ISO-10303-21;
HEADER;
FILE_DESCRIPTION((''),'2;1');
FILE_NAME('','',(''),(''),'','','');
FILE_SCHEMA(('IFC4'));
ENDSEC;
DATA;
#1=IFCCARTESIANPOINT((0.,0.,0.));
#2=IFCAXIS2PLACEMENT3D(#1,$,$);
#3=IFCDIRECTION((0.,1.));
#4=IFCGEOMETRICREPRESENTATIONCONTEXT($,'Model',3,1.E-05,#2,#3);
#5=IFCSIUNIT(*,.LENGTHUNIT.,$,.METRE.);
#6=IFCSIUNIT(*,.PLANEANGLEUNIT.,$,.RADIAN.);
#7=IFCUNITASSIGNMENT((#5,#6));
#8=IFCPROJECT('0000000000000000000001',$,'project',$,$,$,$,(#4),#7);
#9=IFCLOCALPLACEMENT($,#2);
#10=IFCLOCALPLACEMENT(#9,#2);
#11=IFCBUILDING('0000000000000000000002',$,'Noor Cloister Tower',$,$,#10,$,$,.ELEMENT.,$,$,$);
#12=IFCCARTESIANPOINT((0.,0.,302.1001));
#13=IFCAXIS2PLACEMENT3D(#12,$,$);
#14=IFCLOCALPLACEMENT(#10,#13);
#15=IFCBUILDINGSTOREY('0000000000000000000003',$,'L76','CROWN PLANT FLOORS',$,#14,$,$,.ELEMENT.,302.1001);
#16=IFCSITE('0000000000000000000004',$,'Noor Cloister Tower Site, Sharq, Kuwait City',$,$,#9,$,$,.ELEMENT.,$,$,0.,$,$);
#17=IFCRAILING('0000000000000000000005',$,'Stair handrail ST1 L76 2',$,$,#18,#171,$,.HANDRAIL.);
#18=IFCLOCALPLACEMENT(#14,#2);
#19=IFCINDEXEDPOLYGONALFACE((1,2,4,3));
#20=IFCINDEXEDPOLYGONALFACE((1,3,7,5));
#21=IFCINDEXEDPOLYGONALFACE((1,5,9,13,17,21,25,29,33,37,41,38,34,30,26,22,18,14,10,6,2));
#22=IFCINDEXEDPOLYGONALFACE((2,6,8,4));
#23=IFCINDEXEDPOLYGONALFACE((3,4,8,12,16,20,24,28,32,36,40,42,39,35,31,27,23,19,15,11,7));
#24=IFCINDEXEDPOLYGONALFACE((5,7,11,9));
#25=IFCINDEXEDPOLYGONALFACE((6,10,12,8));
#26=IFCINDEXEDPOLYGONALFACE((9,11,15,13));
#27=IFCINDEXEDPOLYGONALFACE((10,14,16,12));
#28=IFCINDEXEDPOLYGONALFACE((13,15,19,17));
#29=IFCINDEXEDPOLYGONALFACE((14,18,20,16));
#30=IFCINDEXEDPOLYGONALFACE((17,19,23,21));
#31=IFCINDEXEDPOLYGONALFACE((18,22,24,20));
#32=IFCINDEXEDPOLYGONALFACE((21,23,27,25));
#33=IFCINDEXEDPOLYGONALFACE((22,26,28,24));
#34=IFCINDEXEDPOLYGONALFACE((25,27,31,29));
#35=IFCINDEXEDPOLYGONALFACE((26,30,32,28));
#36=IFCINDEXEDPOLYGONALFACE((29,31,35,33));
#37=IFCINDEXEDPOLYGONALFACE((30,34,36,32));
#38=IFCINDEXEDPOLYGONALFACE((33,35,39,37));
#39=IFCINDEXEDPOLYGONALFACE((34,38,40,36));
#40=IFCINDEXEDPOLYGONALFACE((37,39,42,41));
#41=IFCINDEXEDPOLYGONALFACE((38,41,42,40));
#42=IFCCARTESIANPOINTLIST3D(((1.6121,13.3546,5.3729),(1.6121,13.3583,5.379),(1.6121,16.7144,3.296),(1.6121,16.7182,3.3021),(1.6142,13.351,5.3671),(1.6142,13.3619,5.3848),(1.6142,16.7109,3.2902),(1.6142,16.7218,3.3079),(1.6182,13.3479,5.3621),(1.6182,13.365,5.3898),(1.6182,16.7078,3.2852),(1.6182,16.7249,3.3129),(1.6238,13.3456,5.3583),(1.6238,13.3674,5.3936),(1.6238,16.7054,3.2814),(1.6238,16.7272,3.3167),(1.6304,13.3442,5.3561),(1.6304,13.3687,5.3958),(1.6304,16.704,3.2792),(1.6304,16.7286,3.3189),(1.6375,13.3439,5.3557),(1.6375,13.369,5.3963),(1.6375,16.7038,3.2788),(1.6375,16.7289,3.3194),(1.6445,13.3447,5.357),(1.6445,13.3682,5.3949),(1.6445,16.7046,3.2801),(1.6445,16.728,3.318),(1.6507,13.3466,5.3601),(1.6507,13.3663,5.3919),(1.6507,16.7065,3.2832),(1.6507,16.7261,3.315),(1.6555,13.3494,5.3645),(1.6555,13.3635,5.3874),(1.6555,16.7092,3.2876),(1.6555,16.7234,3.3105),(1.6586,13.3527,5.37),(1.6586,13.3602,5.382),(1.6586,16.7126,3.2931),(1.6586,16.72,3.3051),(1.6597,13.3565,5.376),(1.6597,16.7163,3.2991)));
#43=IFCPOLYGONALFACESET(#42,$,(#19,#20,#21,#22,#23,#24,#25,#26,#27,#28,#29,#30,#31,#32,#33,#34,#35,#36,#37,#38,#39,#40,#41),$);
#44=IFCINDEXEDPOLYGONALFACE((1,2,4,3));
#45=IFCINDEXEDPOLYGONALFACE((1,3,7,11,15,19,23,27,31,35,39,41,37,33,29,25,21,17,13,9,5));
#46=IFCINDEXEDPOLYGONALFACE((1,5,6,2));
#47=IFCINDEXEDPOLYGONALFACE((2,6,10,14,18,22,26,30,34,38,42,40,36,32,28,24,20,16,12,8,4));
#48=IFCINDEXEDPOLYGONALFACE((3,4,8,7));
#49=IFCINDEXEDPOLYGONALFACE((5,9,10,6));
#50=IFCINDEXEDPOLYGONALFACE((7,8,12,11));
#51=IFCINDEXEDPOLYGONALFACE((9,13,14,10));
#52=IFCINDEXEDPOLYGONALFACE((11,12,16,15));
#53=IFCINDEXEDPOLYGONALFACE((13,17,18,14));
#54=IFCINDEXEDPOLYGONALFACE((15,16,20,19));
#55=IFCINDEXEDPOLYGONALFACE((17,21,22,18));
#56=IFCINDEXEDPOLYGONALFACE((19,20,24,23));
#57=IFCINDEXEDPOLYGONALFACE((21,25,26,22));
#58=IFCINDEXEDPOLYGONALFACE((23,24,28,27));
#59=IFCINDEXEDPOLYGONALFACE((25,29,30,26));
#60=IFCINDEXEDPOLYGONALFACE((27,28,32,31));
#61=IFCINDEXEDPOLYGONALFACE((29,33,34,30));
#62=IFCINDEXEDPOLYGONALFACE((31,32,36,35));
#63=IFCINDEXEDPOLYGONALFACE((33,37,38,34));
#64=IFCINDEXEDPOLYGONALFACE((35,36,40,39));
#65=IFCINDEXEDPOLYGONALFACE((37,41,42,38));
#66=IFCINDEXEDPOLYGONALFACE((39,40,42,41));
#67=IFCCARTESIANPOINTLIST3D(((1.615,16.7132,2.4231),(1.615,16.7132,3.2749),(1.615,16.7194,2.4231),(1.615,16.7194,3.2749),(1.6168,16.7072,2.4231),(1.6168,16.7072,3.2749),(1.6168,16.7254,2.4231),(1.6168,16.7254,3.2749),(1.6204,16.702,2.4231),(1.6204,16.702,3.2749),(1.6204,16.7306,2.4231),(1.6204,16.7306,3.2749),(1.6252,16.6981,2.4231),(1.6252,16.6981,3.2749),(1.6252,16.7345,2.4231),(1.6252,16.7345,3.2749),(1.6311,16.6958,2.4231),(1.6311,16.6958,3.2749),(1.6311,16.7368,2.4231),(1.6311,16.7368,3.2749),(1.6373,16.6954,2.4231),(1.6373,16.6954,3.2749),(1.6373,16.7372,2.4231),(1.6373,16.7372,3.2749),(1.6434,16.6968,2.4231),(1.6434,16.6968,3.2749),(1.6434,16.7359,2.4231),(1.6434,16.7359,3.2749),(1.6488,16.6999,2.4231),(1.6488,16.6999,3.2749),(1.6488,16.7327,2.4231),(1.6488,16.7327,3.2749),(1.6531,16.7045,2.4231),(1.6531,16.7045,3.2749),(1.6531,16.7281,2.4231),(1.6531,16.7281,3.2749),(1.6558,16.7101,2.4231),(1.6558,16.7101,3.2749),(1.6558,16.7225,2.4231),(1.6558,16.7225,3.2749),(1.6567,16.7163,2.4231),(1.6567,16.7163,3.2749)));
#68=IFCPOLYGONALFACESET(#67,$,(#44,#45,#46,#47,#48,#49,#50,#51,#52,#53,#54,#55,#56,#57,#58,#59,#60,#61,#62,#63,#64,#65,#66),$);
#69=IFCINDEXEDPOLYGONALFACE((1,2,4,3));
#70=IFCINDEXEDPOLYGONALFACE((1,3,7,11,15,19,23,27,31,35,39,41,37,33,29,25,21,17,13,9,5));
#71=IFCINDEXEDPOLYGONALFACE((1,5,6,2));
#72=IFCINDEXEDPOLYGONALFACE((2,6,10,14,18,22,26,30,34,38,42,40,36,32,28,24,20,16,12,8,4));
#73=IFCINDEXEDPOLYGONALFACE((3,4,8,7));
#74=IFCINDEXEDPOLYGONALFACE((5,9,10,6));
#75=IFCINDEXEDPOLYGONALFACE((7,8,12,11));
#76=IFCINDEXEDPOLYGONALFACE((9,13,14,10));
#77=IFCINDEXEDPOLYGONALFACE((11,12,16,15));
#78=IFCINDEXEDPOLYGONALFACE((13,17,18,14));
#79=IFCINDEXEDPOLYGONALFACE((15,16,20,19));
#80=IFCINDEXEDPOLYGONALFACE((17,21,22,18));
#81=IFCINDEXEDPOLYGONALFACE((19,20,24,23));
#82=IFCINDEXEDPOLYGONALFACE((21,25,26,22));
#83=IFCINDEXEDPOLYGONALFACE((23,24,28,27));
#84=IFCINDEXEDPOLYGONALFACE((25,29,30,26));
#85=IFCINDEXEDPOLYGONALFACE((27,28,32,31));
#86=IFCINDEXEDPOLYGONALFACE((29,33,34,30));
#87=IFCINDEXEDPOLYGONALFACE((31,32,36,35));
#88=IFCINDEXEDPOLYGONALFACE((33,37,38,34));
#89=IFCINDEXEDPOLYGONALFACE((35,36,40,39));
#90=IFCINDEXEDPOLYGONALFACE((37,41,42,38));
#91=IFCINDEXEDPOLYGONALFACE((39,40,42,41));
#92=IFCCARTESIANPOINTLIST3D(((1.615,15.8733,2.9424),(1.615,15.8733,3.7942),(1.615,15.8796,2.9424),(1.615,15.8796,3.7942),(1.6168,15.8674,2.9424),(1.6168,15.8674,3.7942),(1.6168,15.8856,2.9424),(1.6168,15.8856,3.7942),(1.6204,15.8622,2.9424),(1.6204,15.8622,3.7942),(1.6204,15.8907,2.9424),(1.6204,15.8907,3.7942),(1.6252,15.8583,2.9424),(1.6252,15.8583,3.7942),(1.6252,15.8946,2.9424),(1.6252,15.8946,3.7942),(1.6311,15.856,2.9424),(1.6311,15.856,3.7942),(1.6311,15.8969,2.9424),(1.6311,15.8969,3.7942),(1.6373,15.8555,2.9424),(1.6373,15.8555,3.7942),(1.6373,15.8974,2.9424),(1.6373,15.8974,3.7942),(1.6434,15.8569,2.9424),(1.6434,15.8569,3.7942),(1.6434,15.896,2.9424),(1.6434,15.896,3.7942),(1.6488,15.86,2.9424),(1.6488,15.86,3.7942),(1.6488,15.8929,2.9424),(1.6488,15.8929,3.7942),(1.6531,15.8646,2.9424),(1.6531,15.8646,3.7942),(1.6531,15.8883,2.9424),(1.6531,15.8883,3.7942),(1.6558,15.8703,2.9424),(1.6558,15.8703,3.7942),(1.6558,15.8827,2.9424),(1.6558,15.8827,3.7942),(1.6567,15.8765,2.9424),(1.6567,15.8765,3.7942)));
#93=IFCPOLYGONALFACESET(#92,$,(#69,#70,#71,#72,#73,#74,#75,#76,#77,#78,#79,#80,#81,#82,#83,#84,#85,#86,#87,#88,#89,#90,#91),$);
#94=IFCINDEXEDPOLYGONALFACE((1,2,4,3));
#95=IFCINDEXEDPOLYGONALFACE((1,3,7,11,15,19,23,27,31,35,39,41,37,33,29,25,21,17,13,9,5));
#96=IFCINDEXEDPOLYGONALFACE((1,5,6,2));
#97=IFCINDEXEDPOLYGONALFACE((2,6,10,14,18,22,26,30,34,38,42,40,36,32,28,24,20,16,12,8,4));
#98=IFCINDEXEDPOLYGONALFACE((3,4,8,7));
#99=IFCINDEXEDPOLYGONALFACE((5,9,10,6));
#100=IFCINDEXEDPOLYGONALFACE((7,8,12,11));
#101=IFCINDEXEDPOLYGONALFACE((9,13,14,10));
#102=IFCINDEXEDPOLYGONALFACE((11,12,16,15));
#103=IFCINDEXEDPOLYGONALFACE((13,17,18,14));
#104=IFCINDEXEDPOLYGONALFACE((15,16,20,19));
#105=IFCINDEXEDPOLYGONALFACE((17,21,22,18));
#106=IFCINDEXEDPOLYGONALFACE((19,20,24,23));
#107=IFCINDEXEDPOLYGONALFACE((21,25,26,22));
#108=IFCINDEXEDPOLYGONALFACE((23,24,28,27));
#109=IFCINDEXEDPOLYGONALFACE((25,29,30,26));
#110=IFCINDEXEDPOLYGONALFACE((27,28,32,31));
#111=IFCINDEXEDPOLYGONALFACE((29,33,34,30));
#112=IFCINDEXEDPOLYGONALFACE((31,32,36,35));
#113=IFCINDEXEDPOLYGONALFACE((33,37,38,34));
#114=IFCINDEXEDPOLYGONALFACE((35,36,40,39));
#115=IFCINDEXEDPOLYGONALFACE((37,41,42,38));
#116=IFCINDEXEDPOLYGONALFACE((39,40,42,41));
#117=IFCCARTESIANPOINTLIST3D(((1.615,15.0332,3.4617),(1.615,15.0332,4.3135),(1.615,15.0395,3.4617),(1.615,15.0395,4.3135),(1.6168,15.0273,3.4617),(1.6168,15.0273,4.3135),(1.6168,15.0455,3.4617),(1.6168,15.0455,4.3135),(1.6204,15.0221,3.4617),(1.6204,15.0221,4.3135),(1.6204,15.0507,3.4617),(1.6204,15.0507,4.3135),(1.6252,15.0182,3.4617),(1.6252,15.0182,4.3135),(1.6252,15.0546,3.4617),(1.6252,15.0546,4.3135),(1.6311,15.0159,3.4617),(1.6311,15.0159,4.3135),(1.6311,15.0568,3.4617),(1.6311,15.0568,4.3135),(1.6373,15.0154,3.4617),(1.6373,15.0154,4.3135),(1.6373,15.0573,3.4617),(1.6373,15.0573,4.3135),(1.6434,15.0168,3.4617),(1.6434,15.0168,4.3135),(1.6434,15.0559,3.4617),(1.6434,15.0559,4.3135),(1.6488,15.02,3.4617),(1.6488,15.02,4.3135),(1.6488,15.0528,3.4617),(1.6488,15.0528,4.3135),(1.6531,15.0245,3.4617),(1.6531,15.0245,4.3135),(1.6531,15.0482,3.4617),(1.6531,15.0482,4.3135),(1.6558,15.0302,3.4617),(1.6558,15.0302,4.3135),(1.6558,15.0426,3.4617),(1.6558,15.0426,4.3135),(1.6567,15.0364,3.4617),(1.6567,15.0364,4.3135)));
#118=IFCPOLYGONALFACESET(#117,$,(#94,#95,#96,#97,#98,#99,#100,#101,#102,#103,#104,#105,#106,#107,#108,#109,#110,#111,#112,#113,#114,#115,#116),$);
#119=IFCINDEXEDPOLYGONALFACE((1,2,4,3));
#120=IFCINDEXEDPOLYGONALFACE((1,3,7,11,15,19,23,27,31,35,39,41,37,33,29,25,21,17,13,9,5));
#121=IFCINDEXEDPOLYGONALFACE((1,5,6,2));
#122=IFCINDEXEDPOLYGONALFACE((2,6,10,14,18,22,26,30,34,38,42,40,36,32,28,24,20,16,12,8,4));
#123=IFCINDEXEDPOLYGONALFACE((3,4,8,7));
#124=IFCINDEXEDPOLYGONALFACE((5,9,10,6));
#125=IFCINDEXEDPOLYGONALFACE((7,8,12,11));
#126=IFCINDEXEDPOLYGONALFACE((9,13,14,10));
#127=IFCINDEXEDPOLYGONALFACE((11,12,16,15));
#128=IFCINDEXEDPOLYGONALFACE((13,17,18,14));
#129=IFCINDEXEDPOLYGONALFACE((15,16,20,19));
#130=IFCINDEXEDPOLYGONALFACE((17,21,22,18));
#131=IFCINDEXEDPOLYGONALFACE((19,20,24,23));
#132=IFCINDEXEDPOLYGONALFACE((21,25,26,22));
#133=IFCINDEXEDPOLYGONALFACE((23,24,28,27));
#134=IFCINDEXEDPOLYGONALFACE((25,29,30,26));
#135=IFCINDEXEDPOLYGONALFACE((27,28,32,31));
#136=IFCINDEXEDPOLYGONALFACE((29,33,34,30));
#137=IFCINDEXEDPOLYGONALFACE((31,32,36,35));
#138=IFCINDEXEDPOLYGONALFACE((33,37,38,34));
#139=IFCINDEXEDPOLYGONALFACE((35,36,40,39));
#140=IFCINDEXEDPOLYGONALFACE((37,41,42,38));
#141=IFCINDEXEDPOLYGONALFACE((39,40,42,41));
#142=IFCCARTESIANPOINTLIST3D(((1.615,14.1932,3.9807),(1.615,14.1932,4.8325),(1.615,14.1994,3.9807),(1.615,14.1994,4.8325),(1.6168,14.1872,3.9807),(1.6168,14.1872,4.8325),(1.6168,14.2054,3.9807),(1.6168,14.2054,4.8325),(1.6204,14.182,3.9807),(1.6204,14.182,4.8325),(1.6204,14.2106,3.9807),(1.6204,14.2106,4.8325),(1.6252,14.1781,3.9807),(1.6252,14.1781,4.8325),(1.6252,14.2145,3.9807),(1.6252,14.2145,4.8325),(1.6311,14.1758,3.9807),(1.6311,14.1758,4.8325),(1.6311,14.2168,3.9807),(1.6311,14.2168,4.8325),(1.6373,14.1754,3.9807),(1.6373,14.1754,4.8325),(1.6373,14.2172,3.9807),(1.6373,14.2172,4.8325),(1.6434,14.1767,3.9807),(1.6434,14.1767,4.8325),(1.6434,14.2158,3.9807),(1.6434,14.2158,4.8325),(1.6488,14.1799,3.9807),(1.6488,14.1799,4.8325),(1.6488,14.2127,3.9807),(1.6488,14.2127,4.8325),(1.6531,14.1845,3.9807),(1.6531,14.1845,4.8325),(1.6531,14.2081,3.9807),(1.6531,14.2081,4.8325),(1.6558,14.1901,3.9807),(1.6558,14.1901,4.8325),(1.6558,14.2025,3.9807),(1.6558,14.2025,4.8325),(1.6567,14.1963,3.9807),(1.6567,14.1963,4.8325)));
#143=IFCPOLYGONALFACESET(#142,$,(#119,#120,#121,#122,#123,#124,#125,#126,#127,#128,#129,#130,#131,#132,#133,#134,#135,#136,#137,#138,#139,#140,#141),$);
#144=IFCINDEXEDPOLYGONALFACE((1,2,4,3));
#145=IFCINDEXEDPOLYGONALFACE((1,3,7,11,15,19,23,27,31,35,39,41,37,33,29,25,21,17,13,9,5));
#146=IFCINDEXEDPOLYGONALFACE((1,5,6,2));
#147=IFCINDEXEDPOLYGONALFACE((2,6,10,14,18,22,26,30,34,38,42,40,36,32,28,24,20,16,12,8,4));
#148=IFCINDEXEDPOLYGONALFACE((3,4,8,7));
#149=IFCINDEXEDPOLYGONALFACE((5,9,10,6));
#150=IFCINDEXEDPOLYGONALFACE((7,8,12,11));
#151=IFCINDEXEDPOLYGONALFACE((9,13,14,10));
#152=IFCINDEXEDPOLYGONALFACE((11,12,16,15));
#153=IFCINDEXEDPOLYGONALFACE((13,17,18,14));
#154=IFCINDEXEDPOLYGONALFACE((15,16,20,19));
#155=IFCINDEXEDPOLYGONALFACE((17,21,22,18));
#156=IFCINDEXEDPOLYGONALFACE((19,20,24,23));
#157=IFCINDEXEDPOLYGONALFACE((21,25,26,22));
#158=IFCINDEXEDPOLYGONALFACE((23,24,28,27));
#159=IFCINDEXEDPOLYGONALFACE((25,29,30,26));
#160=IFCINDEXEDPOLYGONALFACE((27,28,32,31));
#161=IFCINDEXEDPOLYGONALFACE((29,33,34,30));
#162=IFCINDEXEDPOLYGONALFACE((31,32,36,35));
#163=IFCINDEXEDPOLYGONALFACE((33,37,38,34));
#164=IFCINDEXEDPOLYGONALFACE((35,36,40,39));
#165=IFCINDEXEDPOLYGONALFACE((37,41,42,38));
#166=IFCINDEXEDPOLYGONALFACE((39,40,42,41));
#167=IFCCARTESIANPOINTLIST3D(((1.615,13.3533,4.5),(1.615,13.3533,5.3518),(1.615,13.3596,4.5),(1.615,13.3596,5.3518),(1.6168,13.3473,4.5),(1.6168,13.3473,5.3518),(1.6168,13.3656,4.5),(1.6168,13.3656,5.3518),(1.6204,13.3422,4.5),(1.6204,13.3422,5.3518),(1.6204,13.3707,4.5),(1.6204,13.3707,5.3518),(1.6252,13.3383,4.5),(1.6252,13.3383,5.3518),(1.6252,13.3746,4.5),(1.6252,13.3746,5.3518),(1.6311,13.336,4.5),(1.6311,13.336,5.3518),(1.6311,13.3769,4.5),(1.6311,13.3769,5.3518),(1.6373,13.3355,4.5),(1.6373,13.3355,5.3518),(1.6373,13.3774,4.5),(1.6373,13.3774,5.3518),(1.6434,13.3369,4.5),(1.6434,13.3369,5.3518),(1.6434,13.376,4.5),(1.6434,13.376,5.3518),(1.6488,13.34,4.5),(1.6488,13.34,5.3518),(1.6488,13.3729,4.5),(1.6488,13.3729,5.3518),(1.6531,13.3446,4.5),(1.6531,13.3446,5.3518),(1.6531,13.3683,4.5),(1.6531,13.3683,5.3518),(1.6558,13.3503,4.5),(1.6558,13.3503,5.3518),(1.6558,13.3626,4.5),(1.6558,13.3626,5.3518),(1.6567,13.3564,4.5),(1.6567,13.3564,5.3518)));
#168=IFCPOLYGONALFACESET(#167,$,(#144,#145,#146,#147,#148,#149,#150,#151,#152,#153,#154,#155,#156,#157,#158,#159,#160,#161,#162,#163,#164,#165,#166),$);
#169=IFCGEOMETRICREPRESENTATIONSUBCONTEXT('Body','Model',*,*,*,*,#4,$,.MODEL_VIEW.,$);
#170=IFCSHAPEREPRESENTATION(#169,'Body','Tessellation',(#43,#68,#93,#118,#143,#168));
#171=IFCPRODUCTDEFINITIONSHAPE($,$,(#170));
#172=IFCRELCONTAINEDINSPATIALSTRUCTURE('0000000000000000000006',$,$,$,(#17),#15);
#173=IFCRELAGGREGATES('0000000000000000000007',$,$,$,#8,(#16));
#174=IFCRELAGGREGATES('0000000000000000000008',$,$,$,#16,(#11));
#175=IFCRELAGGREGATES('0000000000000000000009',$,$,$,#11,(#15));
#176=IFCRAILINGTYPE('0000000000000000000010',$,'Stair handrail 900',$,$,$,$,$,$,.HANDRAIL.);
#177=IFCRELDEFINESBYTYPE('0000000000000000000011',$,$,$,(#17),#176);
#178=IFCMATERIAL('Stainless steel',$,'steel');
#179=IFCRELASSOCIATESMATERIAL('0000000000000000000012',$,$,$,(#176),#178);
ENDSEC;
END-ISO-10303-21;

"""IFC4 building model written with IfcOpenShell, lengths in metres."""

from ifc_helpers import new_model, si_unit, direction, frame, origin, origin_2d, place, context, subcontext, project, spatial, circle, extrude, material, type_object, element, save


model = new_model("IFC4")

# Units and contexts
model_context = context("Model", 3, precision=1e-05, world=origin(), true_north=direction((0.0, 1.0)))
body_context = subcontext(model_context, "Body", "Model", "MODEL_VIEW")
ifc_project = project(units=[si_unit("LENGTHUNIT", "METRE"), si_unit("PLANEANGLEUNIT", "RADIAN")], contexts=[model_context])

# Site, building, storey
site_placement = place(None, origin())
site = spatial("IfcSite", under=ifc_project, at=site_placement, Name="Noor Cloister Tower Site, Sharq, Kuwait City", CompositionType="ELEMENT", RefElevation=0.0)
building_placement = place(site_placement, origin())
building = spatial("IfcBuilding", under=site, at=building_placement, Name="Noor Cloister Tower", CompositionType="ELEMENT")
storey_placement = place(building_placement, frame((0.0, 0.0, 302.1001)))
storey = spatial("IfcBuildingStorey", under=building, at=storey_placement, Name="L76", Description="CROWN PLANT FLOORS", CompositionType="ELEMENT", Elevation=302.1001)

# Railing
ifc_material_1 = material(Name="Stainless steel", Category="steel")
railing_type_1 = type_object("IfcRailingType", Name="Stair handrail 900", PredefinedType="HANDRAIL", material=ifc_material_1)
railing_1_placement = place(storey_placement, frame((1.6357, 16.7163, 2.4231)))
element("IfcRailing", 1, at=railing_1_placement, inside=storey, type_object=railing_type_1, Name="Stair handrail ST1 L76 2", PredefinedType="HANDRAIL", context=body_context, shape_type="SweptSolid", body=[
    extrude(circle(Radius=0.0239, at=origin_2d()), frame((0.0, 0.0, 0.876), z_axis=(0.0, -0.850606, 0.525803), x_axis=(1.0, 0.0, 0.0)), (0.0, 0.0, 1.0), 3.95),
    extrude(circle(Radius=0.021, at=origin_2d()), origin(), (0.0, 0.0, 1.0), 0.8518),
    extrude(circle(Radius=0.021, at=origin_2d()), frame((0.0, -0.8398, 0.5193)), (0.0, 0.0, 1.0), 0.8518),
    extrude(circle(Radius=0.021, at=origin_2d()), frame((0.0, -1.6799, 1.0386)), (0.0, 0.0, 1.0), 0.8518),
    extrude(circle(Radius=0.021, at=origin_2d()), frame((0.0, -2.52, 1.5576)), (0.0, 0.0, 1.0), 0.8518),
    extrude(circle(Radius=0.021, at=origin_2d()), frame((0.0, -3.3599, 2.0769)), (0.0, 0.0, 1.0), 0.8518),
])

save(model, "model.ifc")
